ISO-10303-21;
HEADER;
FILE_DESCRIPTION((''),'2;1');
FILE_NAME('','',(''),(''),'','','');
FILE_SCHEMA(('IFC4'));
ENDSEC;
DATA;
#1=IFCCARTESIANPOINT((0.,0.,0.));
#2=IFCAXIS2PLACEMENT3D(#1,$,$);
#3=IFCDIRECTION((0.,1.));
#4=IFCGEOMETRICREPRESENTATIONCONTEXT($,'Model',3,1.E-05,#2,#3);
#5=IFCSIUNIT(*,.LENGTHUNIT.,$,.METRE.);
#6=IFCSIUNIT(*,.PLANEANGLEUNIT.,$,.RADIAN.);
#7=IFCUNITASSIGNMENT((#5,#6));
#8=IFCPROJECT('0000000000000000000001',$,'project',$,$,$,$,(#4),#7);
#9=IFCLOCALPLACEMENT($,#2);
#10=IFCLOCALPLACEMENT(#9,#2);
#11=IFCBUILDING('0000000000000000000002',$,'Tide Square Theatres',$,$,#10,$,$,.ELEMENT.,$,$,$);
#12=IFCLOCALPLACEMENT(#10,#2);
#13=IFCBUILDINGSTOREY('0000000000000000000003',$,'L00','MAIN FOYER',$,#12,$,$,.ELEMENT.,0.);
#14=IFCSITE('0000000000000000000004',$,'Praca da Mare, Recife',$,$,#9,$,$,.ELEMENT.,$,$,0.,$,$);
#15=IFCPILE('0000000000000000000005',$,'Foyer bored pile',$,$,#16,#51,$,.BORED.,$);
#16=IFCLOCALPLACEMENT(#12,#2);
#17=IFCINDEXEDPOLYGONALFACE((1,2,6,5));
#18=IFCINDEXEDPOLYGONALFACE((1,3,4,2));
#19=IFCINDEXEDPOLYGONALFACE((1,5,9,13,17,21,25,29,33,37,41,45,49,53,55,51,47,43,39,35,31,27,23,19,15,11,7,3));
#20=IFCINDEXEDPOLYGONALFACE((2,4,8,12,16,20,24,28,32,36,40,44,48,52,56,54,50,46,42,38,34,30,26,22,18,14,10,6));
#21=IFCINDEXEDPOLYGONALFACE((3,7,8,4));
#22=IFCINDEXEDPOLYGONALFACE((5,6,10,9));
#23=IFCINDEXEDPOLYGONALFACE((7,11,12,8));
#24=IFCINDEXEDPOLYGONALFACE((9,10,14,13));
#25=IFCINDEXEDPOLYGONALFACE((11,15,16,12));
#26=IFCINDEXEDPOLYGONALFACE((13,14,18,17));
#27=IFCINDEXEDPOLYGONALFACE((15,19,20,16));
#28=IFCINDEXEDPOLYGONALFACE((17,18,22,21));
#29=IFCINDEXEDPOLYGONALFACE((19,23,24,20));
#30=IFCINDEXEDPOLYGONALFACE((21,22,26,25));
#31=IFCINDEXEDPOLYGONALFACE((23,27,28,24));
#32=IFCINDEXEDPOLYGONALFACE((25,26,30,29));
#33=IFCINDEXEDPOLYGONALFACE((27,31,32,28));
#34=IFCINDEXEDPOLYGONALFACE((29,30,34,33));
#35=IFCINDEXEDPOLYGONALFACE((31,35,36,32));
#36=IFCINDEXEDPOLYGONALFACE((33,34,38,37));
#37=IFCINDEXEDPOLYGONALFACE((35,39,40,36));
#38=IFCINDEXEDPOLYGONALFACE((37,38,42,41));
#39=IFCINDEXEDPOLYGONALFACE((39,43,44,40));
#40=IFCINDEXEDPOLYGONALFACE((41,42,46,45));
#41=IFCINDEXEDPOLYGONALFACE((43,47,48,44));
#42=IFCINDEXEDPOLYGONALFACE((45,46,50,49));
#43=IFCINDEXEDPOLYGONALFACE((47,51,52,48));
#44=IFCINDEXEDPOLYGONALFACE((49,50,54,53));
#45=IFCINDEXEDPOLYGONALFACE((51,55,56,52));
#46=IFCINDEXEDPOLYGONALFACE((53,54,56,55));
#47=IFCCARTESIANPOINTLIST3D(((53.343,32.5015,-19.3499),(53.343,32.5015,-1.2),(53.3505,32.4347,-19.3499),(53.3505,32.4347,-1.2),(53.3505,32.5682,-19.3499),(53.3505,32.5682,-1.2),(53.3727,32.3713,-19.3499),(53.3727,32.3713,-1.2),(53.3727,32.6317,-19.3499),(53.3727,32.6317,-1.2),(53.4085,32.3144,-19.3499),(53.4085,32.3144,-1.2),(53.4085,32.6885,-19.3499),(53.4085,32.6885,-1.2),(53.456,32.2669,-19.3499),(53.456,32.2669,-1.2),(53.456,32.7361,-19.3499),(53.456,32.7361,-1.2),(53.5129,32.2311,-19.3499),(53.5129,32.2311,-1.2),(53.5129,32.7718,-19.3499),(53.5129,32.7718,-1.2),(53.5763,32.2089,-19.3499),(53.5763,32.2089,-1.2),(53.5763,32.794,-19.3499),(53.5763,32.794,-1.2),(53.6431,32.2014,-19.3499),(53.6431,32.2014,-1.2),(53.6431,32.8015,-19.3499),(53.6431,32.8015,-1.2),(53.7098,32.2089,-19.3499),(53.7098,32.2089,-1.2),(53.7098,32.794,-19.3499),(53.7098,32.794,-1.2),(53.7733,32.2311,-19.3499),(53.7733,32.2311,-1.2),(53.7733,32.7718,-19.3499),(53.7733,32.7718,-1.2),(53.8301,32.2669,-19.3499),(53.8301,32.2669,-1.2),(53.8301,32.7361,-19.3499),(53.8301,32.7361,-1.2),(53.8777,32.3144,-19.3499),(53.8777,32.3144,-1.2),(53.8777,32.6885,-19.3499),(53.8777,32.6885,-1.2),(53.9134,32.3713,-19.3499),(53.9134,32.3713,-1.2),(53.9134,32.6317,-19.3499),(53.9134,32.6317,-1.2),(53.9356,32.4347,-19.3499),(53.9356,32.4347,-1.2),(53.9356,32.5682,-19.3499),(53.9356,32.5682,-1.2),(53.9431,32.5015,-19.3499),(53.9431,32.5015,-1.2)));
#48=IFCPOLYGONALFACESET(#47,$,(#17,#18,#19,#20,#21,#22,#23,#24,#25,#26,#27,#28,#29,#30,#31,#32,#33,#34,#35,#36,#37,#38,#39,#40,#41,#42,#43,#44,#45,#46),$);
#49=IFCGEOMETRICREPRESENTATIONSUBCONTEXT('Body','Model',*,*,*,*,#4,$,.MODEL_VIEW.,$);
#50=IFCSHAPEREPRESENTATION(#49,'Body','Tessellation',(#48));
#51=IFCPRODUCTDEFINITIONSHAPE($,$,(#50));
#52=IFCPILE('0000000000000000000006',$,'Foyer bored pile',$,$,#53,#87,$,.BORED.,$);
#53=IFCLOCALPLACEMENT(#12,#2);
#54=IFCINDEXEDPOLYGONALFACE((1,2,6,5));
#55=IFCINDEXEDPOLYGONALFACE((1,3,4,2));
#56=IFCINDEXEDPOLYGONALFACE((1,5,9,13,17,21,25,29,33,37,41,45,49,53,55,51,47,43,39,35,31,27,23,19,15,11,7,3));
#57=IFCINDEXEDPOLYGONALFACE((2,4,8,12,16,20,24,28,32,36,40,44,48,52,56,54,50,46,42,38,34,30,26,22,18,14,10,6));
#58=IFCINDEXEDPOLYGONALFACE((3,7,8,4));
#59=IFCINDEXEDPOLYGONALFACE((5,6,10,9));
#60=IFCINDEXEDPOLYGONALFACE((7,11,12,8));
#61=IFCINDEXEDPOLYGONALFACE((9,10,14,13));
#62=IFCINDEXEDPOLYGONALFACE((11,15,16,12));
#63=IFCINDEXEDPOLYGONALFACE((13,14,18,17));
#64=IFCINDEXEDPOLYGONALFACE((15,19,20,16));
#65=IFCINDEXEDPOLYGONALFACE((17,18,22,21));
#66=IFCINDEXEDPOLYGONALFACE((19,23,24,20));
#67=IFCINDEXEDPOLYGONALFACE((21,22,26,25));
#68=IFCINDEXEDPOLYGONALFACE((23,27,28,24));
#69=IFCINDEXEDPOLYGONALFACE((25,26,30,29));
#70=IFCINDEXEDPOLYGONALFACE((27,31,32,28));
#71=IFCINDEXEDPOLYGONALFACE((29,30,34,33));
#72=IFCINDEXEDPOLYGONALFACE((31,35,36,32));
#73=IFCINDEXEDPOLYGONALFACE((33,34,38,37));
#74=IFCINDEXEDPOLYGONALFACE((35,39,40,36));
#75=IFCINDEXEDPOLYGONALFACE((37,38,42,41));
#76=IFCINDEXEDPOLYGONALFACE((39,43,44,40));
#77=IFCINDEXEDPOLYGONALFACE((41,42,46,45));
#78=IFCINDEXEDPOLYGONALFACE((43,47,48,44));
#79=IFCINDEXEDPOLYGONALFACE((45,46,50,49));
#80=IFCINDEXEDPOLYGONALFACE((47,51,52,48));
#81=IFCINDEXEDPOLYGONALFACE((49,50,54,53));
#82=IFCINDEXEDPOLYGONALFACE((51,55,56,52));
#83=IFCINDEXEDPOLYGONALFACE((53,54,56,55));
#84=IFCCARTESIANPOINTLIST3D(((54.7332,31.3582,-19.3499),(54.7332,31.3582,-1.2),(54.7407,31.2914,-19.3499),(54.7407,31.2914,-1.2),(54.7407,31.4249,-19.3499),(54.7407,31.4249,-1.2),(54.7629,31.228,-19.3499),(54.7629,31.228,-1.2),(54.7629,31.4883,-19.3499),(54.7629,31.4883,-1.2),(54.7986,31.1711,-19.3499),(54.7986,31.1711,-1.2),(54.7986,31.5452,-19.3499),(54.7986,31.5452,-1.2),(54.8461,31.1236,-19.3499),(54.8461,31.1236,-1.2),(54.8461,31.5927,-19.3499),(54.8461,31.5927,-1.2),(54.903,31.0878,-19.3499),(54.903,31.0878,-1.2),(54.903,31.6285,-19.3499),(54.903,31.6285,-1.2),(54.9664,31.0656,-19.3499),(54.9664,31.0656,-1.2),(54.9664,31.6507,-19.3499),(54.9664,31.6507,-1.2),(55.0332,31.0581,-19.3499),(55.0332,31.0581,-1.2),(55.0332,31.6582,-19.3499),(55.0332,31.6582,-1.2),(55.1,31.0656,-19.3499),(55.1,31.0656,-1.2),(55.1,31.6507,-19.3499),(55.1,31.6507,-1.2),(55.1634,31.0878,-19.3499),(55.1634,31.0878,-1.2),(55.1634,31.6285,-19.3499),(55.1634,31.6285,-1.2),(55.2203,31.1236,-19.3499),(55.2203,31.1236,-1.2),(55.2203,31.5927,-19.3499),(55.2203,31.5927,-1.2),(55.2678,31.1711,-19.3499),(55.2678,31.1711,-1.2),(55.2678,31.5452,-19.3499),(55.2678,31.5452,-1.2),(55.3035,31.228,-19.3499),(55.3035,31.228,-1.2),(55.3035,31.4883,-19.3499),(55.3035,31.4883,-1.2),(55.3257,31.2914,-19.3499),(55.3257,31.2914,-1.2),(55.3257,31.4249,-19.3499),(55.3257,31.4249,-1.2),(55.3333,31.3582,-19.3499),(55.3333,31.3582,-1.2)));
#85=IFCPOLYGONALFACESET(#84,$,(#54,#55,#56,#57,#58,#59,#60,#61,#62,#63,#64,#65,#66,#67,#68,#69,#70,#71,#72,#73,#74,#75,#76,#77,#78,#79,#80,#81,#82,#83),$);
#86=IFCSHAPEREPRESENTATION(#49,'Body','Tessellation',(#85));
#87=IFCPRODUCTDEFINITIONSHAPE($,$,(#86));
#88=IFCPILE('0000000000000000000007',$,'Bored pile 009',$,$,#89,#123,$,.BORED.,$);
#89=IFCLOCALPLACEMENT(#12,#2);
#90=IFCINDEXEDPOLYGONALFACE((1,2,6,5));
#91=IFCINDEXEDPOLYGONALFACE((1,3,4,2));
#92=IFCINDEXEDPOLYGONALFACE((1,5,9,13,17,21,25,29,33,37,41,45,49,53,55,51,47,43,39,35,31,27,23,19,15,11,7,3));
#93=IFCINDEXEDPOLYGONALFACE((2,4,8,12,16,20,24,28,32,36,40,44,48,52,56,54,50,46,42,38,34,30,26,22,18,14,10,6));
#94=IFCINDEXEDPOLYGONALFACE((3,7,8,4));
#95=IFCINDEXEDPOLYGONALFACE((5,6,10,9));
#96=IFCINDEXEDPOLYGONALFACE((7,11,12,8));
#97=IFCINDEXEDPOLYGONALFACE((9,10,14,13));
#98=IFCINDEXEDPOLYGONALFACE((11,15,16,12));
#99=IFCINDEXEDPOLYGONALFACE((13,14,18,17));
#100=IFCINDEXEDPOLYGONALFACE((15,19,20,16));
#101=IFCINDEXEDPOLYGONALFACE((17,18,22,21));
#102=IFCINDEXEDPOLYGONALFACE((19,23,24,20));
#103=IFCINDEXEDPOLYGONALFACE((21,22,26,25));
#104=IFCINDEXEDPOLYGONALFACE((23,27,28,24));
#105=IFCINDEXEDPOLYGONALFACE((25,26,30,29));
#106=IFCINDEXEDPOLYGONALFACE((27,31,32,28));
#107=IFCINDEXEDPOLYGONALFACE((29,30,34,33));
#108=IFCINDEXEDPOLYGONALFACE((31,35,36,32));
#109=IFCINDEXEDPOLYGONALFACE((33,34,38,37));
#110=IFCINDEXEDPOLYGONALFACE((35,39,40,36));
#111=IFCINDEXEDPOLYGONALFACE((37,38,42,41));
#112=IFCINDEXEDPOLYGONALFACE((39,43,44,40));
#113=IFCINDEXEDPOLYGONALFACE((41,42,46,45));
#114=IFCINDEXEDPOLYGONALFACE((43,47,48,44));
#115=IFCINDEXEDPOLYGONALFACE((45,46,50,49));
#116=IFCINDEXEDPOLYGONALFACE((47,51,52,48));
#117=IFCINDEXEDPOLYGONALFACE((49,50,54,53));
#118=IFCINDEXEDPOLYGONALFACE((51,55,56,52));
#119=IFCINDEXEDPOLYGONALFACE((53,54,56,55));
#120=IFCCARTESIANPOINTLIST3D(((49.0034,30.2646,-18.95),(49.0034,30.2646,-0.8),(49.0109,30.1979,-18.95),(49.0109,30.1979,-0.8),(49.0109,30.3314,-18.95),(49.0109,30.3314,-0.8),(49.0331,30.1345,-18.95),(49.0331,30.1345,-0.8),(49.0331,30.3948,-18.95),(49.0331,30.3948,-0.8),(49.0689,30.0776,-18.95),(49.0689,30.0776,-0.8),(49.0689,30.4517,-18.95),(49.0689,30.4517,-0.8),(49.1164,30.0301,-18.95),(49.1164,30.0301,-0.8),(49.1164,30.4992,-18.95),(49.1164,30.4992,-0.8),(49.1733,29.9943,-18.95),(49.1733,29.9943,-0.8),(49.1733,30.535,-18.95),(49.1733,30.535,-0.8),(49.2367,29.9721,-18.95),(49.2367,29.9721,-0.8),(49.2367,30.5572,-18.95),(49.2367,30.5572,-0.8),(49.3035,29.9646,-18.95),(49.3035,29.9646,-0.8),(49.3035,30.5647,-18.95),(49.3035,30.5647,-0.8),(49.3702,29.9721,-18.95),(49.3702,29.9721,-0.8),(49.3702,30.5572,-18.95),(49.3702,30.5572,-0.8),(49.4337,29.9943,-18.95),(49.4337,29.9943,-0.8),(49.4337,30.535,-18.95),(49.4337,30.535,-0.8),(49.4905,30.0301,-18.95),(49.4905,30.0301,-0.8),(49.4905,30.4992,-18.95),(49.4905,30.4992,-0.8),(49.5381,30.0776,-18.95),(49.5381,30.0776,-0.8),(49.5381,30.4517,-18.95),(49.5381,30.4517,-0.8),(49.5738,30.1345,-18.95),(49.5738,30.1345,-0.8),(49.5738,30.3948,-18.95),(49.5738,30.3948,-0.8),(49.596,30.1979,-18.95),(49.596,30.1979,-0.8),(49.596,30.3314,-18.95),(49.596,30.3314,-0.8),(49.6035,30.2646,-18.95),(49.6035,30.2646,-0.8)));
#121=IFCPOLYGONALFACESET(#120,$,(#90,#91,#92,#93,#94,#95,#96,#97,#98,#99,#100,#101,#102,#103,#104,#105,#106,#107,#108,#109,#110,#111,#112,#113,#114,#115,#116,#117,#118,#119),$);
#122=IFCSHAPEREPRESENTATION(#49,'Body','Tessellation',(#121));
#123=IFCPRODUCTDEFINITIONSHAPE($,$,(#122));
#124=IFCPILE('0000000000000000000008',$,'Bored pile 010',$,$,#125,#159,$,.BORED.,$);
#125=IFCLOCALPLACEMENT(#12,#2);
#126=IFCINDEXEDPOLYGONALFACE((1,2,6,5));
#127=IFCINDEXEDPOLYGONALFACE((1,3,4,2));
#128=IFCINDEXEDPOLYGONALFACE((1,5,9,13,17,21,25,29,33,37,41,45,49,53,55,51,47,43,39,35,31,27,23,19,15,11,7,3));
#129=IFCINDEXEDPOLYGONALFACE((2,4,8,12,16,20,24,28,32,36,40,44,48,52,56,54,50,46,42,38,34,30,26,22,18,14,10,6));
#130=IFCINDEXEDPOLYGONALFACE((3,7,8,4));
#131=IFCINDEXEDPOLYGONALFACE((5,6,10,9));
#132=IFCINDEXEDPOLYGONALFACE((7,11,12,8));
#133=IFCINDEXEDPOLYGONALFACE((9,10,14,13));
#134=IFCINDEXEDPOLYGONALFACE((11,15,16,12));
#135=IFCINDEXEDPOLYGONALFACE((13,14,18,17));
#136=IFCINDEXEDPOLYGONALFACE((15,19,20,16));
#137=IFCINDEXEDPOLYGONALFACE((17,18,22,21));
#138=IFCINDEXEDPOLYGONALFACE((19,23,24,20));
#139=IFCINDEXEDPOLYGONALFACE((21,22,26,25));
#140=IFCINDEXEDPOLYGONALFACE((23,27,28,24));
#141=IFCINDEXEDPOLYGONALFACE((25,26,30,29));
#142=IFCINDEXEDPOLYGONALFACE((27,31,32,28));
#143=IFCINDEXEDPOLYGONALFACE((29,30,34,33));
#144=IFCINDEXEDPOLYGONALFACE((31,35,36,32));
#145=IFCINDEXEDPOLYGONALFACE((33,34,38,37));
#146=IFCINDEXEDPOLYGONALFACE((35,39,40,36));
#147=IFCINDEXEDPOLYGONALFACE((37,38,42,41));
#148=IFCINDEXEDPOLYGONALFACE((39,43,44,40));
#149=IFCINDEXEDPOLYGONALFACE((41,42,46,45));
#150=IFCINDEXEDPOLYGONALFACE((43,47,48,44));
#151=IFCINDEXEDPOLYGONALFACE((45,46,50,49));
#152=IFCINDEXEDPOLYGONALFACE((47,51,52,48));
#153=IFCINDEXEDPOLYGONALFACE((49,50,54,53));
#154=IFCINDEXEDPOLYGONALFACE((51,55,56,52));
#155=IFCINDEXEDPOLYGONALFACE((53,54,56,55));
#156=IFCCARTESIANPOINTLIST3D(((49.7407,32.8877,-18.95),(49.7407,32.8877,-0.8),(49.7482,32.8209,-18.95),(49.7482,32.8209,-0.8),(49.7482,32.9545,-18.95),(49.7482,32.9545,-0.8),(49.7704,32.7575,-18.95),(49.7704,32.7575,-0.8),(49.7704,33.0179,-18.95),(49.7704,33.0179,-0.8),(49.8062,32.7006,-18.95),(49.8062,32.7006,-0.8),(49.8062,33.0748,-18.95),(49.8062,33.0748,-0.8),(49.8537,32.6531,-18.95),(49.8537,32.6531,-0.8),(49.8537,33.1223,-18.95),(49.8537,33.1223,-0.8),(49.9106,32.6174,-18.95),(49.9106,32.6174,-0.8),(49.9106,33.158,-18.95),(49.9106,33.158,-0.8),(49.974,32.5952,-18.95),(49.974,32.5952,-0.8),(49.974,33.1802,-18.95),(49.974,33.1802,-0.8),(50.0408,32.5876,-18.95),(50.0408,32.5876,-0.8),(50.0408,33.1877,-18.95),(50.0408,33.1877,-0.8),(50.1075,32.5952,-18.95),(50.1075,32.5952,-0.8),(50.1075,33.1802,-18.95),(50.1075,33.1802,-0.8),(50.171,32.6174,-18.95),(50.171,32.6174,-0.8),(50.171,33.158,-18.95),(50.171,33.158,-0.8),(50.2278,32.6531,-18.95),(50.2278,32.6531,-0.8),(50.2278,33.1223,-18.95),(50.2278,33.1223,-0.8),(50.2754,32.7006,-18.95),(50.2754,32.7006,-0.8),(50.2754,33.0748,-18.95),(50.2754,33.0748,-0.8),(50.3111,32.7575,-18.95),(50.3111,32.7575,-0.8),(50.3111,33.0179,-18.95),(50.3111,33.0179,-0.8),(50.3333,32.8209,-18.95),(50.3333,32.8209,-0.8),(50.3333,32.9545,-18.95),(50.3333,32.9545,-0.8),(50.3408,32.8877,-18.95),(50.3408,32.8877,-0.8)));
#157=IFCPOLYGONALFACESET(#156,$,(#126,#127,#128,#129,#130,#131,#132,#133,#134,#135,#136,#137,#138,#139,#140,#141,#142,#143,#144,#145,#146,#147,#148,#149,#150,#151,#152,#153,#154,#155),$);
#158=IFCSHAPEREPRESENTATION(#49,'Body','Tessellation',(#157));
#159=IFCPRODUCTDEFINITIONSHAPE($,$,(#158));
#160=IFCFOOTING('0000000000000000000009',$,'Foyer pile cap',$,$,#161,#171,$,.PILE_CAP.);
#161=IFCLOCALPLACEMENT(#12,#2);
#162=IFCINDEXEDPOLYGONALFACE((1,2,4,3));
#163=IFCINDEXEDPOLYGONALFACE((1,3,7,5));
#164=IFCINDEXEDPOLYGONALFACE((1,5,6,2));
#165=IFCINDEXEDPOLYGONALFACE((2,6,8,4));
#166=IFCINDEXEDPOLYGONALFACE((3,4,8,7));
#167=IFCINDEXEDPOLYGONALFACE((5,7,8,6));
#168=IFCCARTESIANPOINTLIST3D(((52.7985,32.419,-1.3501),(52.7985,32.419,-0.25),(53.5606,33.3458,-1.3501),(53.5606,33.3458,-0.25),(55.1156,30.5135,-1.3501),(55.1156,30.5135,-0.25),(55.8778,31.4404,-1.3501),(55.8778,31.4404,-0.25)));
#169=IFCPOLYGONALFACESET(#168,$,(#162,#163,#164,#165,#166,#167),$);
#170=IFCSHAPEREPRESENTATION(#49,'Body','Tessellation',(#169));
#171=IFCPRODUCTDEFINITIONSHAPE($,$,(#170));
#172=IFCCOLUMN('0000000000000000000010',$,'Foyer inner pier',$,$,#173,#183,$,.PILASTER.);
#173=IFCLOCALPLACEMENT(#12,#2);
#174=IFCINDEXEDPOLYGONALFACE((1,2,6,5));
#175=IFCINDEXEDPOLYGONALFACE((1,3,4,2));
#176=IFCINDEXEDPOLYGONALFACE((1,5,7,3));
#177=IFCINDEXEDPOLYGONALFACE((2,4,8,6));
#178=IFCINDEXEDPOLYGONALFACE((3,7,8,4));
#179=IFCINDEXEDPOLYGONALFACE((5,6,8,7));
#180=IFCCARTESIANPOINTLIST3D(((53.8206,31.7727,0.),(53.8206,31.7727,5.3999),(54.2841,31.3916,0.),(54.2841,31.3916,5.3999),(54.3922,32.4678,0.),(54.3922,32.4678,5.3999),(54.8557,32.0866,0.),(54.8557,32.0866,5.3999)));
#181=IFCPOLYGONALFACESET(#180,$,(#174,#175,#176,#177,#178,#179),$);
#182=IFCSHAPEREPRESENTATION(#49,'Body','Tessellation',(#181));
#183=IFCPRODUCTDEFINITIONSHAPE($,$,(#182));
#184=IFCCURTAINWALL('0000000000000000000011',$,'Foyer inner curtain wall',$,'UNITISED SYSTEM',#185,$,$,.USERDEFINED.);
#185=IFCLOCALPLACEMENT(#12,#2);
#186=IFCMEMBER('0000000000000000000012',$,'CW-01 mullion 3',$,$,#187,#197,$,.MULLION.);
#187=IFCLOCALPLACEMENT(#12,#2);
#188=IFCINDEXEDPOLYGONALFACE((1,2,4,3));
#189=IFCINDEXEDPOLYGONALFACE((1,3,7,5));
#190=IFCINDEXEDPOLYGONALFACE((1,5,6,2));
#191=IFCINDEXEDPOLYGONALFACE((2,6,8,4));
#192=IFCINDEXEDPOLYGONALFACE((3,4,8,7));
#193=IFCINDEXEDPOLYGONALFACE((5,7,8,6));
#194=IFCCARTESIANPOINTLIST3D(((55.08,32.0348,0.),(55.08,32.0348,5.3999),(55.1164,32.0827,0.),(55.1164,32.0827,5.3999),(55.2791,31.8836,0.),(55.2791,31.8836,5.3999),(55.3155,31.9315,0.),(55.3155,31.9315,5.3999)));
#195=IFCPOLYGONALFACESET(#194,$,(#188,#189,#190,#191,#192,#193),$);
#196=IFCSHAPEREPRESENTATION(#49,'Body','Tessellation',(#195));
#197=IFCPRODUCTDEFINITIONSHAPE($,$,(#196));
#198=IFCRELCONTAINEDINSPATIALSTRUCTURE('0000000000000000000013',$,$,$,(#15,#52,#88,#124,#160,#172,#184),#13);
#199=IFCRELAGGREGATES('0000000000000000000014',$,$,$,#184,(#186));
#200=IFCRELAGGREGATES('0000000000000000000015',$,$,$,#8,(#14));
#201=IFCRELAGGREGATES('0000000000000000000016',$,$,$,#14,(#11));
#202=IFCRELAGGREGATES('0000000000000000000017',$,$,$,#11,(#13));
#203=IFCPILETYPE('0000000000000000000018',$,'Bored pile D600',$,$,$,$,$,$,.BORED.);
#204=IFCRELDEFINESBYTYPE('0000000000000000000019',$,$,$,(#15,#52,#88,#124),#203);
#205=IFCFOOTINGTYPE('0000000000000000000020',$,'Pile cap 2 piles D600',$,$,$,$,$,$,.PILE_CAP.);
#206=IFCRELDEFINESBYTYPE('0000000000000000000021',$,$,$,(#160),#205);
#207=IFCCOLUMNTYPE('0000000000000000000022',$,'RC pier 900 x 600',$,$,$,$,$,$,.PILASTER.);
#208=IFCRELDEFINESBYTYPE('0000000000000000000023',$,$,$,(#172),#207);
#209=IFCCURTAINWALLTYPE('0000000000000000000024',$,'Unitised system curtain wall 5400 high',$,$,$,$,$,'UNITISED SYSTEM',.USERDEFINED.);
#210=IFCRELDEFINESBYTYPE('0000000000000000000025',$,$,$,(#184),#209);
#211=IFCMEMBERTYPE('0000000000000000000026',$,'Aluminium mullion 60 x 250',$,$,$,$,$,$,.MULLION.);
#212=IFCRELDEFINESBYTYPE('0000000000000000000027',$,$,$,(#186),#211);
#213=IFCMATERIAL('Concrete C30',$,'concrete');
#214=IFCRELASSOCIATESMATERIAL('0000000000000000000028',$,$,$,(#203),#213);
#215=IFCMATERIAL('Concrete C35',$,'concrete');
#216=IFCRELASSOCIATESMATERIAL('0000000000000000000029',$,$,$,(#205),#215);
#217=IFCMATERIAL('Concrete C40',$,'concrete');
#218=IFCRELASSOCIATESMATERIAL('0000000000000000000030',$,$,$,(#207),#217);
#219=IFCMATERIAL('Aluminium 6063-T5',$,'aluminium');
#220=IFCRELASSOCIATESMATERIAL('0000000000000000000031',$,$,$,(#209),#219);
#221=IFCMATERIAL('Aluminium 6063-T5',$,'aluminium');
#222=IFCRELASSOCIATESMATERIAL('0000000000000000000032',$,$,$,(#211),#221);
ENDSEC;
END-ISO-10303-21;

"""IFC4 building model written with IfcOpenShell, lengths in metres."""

from ifc_helpers import new_model, si_unit, direction, frame, origin, origin_2d, place, context, subcontext, project, spatial, rectangle, circle, extrude, material, material_profile, profile_set, type_object, element, aggregate, save


model = new_model("IFC4")

# Units and contexts
model_context = context("Model", 3, precision=1e-05, world=origin(), true_north=direction((0.0, 1.0)))
body_context = subcontext(model_context, "Body", "Model", "MODEL_VIEW")
ifc_project = project(units=[si_unit("LENGTHUNIT", "METRE"), si_unit("PLANEANGLEUNIT", "RADIAN")], contexts=[model_context])

# Site, building, storey
site_placement = place(None, origin())
site = spatial("IfcSite", under=ifc_project, at=site_placement, Name="Praca da Mare, Recife", CompositionType="ELEMENT", RefElevation=0.0)
building_placement = place(site_placement, origin())
building = spatial("IfcBuilding", under=site, at=building_placement, Name="Tide Square Theatres", CompositionType="ELEMENT")
storey_placement = place(building_placement, origin())
storey = spatial("IfcBuildingStorey", under=building, at=storey_placement, Name="L00", Description="MAIN FOYER", CompositionType="ELEMENT", Elevation=0.0)

# Piles
ifc_material_1 = material(Name="Concrete C30", Category="concrete")
ifc_material_profile_1 = material_profile(ifc_material_1, circle(Radius=0.3, at=origin_2d()))
ifc_profile_set_1 = profile_set([ifc_material_profile_1], Name="Concrete C30")
pile_type = type_object("IfcPileType", Name="Bored pile D600", PredefinedType="BORED", material=ifc_profile_set_1)
for number, where, z_axis, x_axis, name in (
    (1, (53.6431, 32.5015, -1.2), (0.0, 0.0, -1.0), (1.0, 0.0, 0.0), "Foyer bored pile"),
    (2, (55.0332, 31.3582, -1.2), (0.0, 0.0, -1.0), (1.0, 0.0, 0.0), "Foyer bored pile"),
    (3, (49.3035, 30.2646, -0.8), (0.0, 0.0, -1.0), (1.0, 0.0, 0.0), "Bored pile 009"),
    (4, (50.0408, 32.8877, -0.8), (0.0, 0.0, -1.0), (1.0, 0.0, 0.0), "Bored pile 010"),
):
    element("IfcPile", number, at=place(storey_placement, frame(where, z_axis=z_axis, x_axis=x_axis)), inside=storey, type_object=pile_type, Name=name, PredefinedType="BORED", context=body_context, shape_type="SweptSolid", body=[
        extrude(circle(Radius=0.3, at=origin_2d()), origin(), (0.0, 0.0, 1.0), 18.1499),
    ])

# Footing
ifc_material_2 = material(Name="Concrete C35", Category="concrete")
footing_type = type_object("IfcFootingType", Name="Pile cap 2 piles D600", PredefinedType="PILE_CAP", material=ifc_material_2)
footing_placement = place(storey_placement, frame((54.3381, 31.9297, -1.3501), z_axis=(0.0, 0.0, 1.0), x_axis=(0.772383, -0.635157, 0.0)))
element("IfcFooting", 5, at=footing_placement, inside=storey, type_object=footing_type, Name="Foyer pile cap", PredefinedType="PILE_CAP", context=body_context, shape_type="SweptSolid", body=[
    extrude(rectangle(XDim=3.0, YDim=1.2, at=origin_2d()), origin(), (0.0, 0.0, 1.0), 1.1001),
])

# Column
ifc_material_3 = material(Name="Concrete C40", Category="concrete")
ifc_material_profile_2 = material_profile(ifc_material_3, rectangle(XDim=0.8999, YDim=0.6001, at=origin_2d()))
ifc_profile_set_2 = profile_set([ifc_material_profile_2], Name="Concrete C40")
column_type = type_object("IfcColumnType", Name="RC pier 900 x 600", PredefinedType="PILASTER", material=ifc_profile_set_2)
column_placement = place(storey_placement, frame((54.3381, 31.9297, 0.0), z_axis=(0.0, 0.0, 1.0), x_axis=(-0.635157, -0.772383, 0.0)))
element("IfcColumn", 6, at=column_placement, inside=storey, type_object=column_type, Name="Foyer inner pier", PredefinedType="PILASTER", context=body_context, shape_type="SweptSolid", body=[
    extrude(rectangle(XDim=0.8999, YDim=0.6001, at=origin_2d()), origin(), (0.0, 0.0, 1.0), 5.3999),
])

# Curtain wall, member
ifc_material_4 = material(Name="Aluminium 6063-T5", Category="aluminium")
curtain_wall_type = type_object("IfcCurtainWallType", Name="Unitised system curtain wall 5400 high", ElementType="UNITISED SYSTEM", PredefinedType="USERDEFINED", material=ifc_material_4)
curtain_wall_1_placement = place(storey_placement, origin())
curtain_wall_1 = element("IfcCurtainWall", 7, at=curtain_wall_1_placement, inside=storey, type_object=curtain_wall_type, Name="Foyer inner curtain wall", ObjectType="UNITISED SYSTEM", PredefinedType="USERDEFINED")
ifc_material_5 = material(Name="Aluminium 6063-T5", Category="aluminium")
ifc_material_profile_3 = material_profile(ifc_material_5, rectangle(XDim=0.0601, YDim=0.25, at=origin_2d()))
ifc_profile_set_3 = profile_set([ifc_material_profile_3], Name="Aluminium 6063-T5")
member_type_1 = type_object("IfcMemberType", Name="Aluminium mullion 60 x 250", PredefinedType="MULLION", material=ifc_profile_set_3)
member_1_placement = place(storey_placement, frame((55.1978, 31.9832, 0.0), z_axis=(0.0, 0.0, 1.0), x_axis=(-0.604786, -0.796388, 0.0)))
member_1 = element("IfcMember", 8, at=member_1_placement, type_object=member_type_1, Name="CW-01 mullion 3", PredefinedType="MULLION", context=body_context, shape_type="SweptSolid", body=[
    extrude(rectangle(XDim=0.0601, YDim=0.25, at=origin_2d()), origin(), (0.0, 0.0, 1.0), 5.3999),
])

aggregate(curtain_wall_1, [member_1])

save(model, "model.ifc")
